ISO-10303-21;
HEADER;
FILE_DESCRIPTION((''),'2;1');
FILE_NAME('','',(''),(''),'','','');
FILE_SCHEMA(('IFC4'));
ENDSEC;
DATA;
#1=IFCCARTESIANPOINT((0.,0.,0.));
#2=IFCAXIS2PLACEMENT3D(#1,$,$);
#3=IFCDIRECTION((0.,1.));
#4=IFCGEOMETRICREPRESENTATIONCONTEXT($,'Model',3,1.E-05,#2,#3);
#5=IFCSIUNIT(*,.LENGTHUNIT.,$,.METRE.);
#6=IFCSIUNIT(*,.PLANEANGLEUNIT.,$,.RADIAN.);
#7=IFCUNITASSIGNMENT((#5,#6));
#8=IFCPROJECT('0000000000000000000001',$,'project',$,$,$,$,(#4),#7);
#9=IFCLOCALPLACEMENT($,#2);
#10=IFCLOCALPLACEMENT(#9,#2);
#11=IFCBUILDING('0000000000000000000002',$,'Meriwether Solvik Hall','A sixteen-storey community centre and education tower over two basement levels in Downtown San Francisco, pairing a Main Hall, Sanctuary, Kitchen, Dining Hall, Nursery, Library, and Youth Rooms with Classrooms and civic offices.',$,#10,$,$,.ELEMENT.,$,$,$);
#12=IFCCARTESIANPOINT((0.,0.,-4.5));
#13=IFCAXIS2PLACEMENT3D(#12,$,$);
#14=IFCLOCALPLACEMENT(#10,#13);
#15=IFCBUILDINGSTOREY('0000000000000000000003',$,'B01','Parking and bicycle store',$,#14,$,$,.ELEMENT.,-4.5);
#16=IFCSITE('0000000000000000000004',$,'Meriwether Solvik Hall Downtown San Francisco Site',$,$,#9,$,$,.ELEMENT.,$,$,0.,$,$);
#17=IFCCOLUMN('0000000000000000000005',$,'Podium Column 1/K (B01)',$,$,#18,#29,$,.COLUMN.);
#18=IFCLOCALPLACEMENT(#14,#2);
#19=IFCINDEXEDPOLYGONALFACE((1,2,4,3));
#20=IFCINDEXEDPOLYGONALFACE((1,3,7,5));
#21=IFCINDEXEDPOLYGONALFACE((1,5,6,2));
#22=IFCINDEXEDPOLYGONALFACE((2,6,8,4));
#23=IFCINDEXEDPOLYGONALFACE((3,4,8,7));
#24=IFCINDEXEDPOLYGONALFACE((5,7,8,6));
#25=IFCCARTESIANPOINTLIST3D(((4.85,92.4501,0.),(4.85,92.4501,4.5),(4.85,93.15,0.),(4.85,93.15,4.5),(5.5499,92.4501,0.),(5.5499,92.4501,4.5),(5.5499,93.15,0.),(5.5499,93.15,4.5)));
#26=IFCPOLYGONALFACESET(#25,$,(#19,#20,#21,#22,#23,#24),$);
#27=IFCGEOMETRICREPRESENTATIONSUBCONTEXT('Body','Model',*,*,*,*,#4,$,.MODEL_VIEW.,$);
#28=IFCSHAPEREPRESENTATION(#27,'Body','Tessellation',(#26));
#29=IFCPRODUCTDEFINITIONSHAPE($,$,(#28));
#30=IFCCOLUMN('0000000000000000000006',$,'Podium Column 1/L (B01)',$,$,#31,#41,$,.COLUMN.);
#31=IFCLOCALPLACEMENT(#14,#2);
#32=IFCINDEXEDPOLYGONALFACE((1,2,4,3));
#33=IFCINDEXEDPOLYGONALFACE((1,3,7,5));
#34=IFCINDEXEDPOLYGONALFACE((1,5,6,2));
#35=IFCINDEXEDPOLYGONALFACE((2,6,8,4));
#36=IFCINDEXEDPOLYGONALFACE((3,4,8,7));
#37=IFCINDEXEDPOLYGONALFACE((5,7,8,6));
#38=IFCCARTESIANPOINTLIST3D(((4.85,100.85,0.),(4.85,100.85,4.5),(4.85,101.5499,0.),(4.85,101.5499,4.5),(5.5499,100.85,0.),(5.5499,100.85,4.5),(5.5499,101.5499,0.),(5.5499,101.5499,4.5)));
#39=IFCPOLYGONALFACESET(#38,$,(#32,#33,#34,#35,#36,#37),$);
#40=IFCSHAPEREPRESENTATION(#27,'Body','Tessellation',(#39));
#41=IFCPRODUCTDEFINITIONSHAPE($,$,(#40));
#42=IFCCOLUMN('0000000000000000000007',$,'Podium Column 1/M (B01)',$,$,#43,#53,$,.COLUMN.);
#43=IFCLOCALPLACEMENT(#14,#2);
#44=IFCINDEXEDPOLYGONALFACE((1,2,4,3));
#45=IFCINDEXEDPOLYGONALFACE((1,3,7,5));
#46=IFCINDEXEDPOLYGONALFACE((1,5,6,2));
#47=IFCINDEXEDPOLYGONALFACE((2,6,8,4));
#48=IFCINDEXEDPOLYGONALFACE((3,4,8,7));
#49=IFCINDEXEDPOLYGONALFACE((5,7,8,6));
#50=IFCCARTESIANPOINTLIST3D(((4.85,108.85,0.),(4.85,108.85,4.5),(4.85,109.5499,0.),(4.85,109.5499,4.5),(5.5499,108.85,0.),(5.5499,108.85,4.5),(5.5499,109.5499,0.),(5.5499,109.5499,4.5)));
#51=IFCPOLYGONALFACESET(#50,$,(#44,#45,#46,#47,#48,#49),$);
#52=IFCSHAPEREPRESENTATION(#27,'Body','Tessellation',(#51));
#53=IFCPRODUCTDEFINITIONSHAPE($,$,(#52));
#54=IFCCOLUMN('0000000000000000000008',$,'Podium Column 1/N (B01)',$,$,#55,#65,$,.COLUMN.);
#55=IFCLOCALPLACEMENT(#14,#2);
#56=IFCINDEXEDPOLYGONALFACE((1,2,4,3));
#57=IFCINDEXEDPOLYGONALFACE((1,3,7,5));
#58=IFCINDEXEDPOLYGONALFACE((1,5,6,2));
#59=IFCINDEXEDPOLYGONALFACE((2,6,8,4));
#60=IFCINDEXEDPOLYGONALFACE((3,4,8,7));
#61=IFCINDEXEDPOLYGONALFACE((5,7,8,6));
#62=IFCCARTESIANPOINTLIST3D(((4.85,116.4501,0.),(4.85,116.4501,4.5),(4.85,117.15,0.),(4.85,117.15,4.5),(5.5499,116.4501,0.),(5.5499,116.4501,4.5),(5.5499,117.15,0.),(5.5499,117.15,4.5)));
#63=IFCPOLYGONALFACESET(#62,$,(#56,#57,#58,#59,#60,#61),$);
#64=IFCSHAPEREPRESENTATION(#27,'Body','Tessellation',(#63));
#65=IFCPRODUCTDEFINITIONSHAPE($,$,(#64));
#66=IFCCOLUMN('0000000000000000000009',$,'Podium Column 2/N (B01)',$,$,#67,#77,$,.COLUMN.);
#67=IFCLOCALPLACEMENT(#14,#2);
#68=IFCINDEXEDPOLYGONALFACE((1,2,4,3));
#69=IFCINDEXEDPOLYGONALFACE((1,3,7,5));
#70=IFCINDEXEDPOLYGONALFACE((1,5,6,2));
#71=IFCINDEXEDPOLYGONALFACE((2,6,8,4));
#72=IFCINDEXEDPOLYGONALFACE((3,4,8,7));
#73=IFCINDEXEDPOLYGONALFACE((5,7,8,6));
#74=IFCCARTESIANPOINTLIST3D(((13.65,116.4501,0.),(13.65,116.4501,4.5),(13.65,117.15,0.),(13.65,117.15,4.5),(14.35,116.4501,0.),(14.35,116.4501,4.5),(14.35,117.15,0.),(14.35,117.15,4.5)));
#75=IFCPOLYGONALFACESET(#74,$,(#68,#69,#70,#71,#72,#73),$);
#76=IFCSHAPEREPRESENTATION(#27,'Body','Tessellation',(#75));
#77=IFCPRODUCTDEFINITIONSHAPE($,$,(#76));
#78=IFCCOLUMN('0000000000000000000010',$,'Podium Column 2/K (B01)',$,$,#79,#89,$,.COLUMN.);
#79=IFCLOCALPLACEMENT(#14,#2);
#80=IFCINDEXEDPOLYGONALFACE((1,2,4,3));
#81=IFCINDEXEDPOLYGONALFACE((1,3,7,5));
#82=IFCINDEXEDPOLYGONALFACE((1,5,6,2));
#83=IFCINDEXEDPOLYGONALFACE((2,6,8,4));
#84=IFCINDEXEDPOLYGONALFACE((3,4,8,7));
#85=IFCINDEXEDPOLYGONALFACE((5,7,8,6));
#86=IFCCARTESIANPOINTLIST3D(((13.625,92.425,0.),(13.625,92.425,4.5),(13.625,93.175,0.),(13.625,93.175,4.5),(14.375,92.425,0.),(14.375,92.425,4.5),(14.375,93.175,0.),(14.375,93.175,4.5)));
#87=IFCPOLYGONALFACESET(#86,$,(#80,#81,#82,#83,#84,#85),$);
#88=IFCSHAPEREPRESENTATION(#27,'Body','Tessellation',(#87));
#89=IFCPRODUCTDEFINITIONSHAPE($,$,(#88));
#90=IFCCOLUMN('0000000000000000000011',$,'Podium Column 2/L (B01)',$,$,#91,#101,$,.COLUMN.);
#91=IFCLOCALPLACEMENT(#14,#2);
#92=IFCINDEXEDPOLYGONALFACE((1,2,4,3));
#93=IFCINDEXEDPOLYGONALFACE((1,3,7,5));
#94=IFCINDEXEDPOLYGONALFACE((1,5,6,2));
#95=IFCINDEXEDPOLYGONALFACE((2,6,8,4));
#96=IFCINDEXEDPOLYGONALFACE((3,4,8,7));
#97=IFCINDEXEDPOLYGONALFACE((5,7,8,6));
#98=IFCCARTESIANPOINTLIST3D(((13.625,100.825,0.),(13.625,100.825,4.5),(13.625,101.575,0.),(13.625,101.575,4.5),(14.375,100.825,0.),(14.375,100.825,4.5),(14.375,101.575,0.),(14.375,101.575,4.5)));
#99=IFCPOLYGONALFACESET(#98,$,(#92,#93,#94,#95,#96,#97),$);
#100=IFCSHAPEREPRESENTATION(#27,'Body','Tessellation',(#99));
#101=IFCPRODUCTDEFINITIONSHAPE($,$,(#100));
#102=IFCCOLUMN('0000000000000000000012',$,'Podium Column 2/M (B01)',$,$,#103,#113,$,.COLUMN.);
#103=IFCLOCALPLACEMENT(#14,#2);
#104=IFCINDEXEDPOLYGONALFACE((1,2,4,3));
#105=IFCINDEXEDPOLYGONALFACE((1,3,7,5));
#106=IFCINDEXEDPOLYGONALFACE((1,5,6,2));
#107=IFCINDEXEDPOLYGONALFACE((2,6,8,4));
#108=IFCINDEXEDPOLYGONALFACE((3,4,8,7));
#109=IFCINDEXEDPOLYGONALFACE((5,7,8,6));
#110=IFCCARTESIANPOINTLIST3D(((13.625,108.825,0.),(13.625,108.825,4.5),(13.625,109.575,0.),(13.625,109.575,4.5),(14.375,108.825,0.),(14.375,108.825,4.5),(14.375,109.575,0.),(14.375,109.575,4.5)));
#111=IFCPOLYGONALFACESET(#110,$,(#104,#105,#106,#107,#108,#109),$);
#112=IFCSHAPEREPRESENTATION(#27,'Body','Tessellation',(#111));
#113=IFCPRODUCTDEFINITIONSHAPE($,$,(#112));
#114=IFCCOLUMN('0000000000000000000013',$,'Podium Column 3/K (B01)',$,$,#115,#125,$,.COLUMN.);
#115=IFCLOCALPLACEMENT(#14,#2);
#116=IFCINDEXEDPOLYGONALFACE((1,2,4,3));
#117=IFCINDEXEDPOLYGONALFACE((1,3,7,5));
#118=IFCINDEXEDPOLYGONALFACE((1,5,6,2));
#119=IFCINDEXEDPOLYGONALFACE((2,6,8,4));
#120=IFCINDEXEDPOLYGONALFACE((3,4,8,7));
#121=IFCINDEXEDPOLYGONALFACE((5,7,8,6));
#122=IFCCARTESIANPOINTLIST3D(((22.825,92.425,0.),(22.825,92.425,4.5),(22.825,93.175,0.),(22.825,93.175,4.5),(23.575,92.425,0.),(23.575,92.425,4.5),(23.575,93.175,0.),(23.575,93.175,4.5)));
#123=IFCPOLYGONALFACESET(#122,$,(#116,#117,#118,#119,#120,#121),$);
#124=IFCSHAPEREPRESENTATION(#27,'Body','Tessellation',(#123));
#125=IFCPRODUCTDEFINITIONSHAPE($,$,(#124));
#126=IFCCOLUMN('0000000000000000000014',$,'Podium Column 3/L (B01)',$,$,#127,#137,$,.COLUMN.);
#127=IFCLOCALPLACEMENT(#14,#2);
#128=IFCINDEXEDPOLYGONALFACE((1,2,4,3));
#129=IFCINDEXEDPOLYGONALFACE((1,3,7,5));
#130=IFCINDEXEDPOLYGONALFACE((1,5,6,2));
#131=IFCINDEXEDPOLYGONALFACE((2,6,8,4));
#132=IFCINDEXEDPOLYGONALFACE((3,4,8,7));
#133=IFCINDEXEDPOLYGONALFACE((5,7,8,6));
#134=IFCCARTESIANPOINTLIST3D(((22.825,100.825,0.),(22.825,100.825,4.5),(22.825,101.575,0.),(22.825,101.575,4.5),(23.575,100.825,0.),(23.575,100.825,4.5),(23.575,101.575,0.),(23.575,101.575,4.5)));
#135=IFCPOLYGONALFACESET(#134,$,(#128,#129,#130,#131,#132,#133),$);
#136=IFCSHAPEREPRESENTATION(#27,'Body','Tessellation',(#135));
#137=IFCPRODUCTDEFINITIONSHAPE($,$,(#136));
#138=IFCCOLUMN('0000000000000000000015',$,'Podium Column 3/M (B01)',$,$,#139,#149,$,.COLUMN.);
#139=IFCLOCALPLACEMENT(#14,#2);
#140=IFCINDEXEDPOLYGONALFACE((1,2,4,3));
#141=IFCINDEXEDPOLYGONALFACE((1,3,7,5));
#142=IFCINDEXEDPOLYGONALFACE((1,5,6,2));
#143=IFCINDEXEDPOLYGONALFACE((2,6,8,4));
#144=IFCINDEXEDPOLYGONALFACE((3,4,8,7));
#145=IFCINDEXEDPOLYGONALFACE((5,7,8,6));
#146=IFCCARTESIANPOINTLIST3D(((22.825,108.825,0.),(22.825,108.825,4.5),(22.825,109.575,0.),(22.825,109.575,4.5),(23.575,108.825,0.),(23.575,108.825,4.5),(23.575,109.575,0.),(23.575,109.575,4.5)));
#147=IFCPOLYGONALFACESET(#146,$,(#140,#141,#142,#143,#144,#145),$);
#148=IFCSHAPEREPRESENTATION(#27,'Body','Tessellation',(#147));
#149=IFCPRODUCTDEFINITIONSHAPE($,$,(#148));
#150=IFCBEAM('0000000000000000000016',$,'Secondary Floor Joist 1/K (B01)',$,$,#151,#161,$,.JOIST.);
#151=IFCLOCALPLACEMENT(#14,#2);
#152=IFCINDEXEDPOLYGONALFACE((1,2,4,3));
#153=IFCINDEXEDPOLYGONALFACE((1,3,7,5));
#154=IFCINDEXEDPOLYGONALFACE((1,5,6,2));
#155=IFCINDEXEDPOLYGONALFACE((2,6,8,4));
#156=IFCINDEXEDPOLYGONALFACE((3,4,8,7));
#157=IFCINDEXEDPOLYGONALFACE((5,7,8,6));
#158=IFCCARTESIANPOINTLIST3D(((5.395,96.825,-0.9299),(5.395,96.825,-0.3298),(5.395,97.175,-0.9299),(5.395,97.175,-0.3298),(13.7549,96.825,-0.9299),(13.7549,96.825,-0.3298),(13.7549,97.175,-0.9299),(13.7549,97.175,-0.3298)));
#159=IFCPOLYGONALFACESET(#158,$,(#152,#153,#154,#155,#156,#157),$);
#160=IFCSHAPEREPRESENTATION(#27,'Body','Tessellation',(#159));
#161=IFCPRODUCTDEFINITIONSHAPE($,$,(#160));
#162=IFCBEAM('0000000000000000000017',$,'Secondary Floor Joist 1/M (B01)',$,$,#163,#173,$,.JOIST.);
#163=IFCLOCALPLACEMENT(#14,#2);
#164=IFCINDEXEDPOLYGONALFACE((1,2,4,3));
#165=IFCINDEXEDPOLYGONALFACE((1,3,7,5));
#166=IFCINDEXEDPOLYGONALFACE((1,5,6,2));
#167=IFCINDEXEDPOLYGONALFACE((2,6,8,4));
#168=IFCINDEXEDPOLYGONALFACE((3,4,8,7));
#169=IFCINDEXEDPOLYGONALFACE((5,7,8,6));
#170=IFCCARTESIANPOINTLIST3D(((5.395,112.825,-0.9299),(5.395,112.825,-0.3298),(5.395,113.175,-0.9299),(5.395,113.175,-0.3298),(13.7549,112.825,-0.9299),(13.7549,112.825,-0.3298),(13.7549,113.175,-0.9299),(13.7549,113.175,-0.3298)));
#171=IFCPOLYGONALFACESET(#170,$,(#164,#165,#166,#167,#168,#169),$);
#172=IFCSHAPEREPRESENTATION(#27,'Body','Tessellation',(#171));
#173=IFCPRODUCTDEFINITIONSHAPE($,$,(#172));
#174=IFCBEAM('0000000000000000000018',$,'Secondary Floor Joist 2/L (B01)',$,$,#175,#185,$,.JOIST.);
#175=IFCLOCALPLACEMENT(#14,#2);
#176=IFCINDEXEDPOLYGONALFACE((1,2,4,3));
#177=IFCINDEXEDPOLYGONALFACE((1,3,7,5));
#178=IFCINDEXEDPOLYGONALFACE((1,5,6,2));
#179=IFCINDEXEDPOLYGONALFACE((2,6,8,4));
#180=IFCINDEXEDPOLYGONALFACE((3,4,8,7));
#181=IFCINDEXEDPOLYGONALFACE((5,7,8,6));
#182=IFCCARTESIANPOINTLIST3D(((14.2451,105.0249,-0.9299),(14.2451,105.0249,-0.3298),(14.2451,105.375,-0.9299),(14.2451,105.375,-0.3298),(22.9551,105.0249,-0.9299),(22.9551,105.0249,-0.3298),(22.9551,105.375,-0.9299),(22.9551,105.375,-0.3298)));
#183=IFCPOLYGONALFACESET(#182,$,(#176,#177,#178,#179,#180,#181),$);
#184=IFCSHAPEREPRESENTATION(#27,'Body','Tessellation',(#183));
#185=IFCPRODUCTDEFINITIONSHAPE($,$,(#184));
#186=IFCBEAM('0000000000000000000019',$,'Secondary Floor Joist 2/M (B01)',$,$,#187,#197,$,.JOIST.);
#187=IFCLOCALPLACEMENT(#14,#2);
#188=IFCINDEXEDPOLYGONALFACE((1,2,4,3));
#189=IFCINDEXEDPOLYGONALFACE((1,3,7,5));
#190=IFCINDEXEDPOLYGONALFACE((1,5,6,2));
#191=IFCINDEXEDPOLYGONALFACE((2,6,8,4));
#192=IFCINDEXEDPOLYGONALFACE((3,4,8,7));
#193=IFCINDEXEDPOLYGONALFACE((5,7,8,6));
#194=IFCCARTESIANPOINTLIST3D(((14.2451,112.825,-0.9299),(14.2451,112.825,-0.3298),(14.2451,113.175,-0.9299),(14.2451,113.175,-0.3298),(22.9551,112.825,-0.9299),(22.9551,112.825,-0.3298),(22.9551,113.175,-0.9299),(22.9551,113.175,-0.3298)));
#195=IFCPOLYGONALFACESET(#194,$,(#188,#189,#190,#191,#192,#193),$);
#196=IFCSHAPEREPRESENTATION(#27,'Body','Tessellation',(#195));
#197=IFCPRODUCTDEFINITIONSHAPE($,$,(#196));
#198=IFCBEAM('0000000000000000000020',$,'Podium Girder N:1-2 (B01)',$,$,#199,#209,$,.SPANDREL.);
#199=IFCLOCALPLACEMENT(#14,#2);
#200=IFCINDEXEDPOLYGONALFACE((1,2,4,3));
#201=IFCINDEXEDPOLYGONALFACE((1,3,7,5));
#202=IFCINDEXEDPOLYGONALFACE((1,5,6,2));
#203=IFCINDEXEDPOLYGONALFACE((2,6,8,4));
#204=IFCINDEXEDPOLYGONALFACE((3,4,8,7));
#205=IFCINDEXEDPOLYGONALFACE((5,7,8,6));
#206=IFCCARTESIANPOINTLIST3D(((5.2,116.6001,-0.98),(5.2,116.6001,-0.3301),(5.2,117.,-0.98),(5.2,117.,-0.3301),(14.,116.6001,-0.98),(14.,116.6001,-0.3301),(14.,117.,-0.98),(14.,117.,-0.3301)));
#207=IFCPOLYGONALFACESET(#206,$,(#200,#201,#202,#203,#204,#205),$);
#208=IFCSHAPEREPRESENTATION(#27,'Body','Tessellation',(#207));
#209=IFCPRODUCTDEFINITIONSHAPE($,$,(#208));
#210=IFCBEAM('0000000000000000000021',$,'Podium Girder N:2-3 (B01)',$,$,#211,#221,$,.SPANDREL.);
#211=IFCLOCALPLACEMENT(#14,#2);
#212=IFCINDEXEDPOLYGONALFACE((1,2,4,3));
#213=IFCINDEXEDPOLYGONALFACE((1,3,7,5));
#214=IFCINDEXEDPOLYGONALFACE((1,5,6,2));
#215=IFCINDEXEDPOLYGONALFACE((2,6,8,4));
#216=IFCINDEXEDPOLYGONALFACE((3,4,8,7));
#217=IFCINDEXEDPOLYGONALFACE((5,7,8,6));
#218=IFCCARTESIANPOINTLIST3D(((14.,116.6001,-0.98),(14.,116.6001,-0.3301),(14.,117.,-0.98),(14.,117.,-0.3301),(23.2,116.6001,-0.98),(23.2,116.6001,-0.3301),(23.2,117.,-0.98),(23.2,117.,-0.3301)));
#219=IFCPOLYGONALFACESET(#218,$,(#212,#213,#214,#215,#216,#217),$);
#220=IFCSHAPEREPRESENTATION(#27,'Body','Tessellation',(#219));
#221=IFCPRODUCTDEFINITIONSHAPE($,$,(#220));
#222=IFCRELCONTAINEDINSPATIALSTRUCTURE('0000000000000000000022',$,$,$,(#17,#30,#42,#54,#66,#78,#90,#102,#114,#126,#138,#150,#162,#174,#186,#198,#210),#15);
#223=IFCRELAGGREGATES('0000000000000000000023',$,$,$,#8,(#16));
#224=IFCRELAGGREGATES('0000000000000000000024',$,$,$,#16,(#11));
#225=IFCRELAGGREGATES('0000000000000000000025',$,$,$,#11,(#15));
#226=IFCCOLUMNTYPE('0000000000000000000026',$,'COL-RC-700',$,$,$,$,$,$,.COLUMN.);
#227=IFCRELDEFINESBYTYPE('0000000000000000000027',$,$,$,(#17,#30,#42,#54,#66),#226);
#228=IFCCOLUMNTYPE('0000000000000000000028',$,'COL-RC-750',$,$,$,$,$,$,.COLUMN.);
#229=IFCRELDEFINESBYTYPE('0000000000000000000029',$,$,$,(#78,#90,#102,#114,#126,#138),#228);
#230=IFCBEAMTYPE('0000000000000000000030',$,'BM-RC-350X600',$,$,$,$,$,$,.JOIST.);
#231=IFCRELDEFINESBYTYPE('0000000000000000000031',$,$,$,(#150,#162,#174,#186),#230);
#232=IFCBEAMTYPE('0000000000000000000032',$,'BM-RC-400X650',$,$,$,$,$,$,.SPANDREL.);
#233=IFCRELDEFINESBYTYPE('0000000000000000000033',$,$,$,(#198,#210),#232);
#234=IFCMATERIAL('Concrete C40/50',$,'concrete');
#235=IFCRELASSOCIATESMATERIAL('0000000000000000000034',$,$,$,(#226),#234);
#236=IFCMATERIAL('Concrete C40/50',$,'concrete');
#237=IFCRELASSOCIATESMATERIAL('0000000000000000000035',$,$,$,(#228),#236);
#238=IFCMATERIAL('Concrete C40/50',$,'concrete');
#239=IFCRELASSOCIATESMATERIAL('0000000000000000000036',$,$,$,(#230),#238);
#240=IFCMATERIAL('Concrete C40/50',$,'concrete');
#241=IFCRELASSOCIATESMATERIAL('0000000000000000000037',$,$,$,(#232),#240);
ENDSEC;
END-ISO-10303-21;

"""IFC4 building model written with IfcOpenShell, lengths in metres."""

from ifc_helpers import new_model, si_unit, direction, frame, origin, origin_2d, place, context, subcontext, project, spatial, rectangle, extrude, material, material_profile, profile_set, type_object, element, save


model = new_model("IFC4")

# Units and contexts
model_context = context("Model", 3, precision=1e-05, world=origin(), true_north=direction((0.0, 1.0)))
body_context = subcontext(model_context, "Body", "Model", "MODEL_VIEW")
ifc_project = project(units=[si_unit("LENGTHUNIT", "METRE"), si_unit("PLANEANGLEUNIT", "RADIAN")], contexts=[model_context])

# Site, building, storey
site_placement = place(None, origin())
site = spatial("IfcSite", under=ifc_project, at=site_placement, Name="Meriwether Solvik Hall Downtown San Francisco Site", CompositionType="ELEMENT", RefElevation=0.0)
building_placement = place(site_placement, origin())
building = spatial("IfcBuilding", under=site, at=building_placement, Name="Meriwether Solvik Hall", Description="A sixteen-storey community centre and education tower over two basement levels in Downtown San Francisco, pairing a Main Hall, Sanctuary, Kitchen, Dining Hall, Nursery, Library, and Youth Rooms with Classrooms and civic offices.", CompositionType="ELEMENT")
storey_placement = place(building_placement, frame((0.0, 0.0, -4.5)))
storey = spatial("IfcBuildingStorey", under=building, at=storey_placement, Name="B01", Description="Parking and bicycle store", CompositionType="ELEMENT", Elevation=-4.5)

# Columns
ifc_material_1 = material(Name="Concrete C40/50", Category="concrete")
ifc_material_profile_1 = material_profile(ifc_material_1, rectangle(XDim=0.7, YDim=0.7, at=origin_2d()), Name="RCC-700X700")
ifc_profile_set_1 = profile_set([ifc_material_profile_1], Name="Concrete C40/50")
column_type_1 = type_object("IfcColumnType", Name="COL-RC-700", PredefinedType="COLUMN", material=ifc_profile_set_1)
for number, where, z_axis, x_axis, name in (
    (1, (5.2, 92.8, 0.0), (0.0, 0.0, 1.0), (1.0, 0.0, 0.0), "Podium Column 1/K (B01)"),
    (2, (5.2, 101.2, 0.0), (0.0, 0.0, 1.0), (1.0, 0.0, 0.0), "Podium Column 1/L (B01)"),
    (3, (5.2, 109.2, 0.0), (0.0, 0.0, 1.0), (1.0, 0.0, 0.0), "Podium Column 1/M (B01)"),
    (4, (5.2, 116.8, 0.0), (0.0, 0.0, 1.0), (1.0, 0.0, 0.0), "Podium Column 1/N (B01)"),
    (5, (14.0, 116.8, 0.0), (0.0, 0.0, 1.0), (1.0, 0.0, 0.0), "Podium Column 2/N (B01)"),
):
    element("IfcColumn", number, at=place(storey_placement, frame(where, z_axis=z_axis, x_axis=x_axis)), inside=storey, type_object=column_type_1, Name=name, PredefinedType="COLUMN", context=body_context, shape_type="SweptSolid", body=[
        extrude(rectangle(XDim=0.7, YDim=0.7, at=origin_2d()), origin(), (0.0, 0.0, 1.0), 4.5),
    ])
ifc_material_2 = material(Name="Concrete C40/50", Category="concrete")
ifc_material_profile_2 = material_profile(ifc_material_2, rectangle(XDim=0.75, YDim=0.75, at=origin_2d()), Name="RCC-750X750")
ifc_profile_set_2 = profile_set([ifc_material_profile_2], Name="Concrete C40/50")
column_type_2 = type_object("IfcColumnType", Name="COL-RC-750", PredefinedType="COLUMN", material=ifc_profile_set_2)
for number, where, z_axis, x_axis, name in (
    (6, (14.0, 92.8, 0.0), (0.0, 0.0, 1.0), (1.0, 0.0, 0.0), "Podium Column 2/K (B01)"),
    (7, (14.0, 101.2, 0.0), (0.0, 0.0, 1.0), (1.0, 0.0, 0.0), "Podium Column 2/L (B01)"),
    (8, (14.0, 109.2, 0.0), (0.0, 0.0, 1.0), (1.0, 0.0, 0.0), "Podium Column 2/M (B01)"),
    (9, (23.2, 92.8, 0.0), (0.0, 0.0, 1.0), (1.0, 0.0, 0.0), "Podium Column 3/K (B01)"),
    (10, (23.2, 101.2, 0.0), (0.0, 0.0, 1.0), (1.0, 0.0, 0.0), "Podium Column 3/L (B01)"),
    (11, (23.2, 109.2, 0.0), (0.0, 0.0, 1.0), (1.0, 0.0, 0.0), "Podium Column 3/M (B01)"),
):
    element("IfcColumn", number, at=place(storey_placement, frame(where, z_axis=z_axis, x_axis=x_axis)), inside=storey, type_object=column_type_2, Name=name, PredefinedType="COLUMN", context=body_context, shape_type="SweptSolid", body=[
        extrude(rectangle(XDim=0.75, YDim=0.75, at=origin_2d()), origin(), (0.0, 0.0, 1.0), 4.5),
    ])

# Beams
ifc_material_3 = material(Name="Concrete C40/50", Category="concrete")
ifc_material_profile_3 = material_profile(ifc_material_3, rectangle(XDim=0.3501, YDim=0.6001, at=origin_2d()), Name="RCB-350X600")
ifc_profile_set_3 = profile_set([ifc_material_profile_3], Name="Concrete C40/50")
beam_type_1 = type_object("IfcBeamType", Name="BM-RC-350X600", PredefinedType="JOIST", material=ifc_profile_set_3)
for number, where, z_axis, x_axis, name in (
    (12, (5.395, 97.0, -0.6299), (1.0, 0.0, 0.0), (0.0, 1.0, 0.0), "Secondary Floor Joist 1/K (B01)"),
    (13, (5.395, 113.0, -0.6299), (1.0, 0.0, 0.0), (0.0, 1.0, 0.0), "Secondary Floor Joist 1/M (B01)"),
):
    element("IfcBeam", number, at=place(storey_placement, frame(where, z_axis=z_axis, x_axis=x_axis)), inside=storey, type_object=beam_type_1, Name=name, PredefinedType="JOIST", context=body_context, shape_type="SweptSolid", body=[
        extrude(rectangle(XDim=0.3501, YDim=0.6001, at=origin_2d()), origin(), (0.0, 0.0, 1.0), 8.3599),
    ])
for number, where, z_axis, x_axis, name in (
    (14, (14.2451, 105.2, -0.6299), (1.0, 0.0, 0.0), (0.0, 1.0, 0.0), "Secondary Floor Joist 2/L (B01)"),
    (15, (14.2451, 113.0, -0.6299), (1.0, 0.0, 0.0), (0.0, 1.0, 0.0), "Secondary Floor Joist 2/M (B01)"),
):
    element("IfcBeam", number, at=place(storey_placement, frame(where, z_axis=z_axis, x_axis=x_axis)), inside=storey, type_object=beam_type_1, Name=name, PredefinedType="JOIST", context=body_context, shape_type="SweptSolid", body=[
        extrude(rectangle(XDim=0.3501, YDim=0.6001, at=origin_2d()), origin(), (0.0, 0.0, 1.0), 8.71),
    ])
ifc_material_4 = material(Name="Concrete C40/50", Category="concrete")
ifc_material_profile_4 = material_profile(ifc_material_4, rectangle(XDim=0.3999, YDim=0.6499, at=origin_2d()), Name="RCB-400X650")
ifc_profile_set_4 = profile_set([ifc_material_profile_4], Name="Concrete C40/50")
beam_type_2 = type_object("IfcBeamType", Name="BM-RC-400X650", PredefinedType="SPANDREL", material=ifc_profile_set_4)
beam_1_placement = place(storey_placement, frame((5.2, 116.8, -0.655), z_axis=(1.0, 0.0, 0.0), x_axis=(0.0, 1.0, 0.0)))
element("IfcBeam", 16, at=beam_1_placement, inside=storey, type_object=beam_type_2, Name="Podium Girder N:1-2 (B01)", PredefinedType="SPANDREL", context=body_context, shape_type="SweptSolid", body=[
    extrude(rectangle(XDim=0.3999, YDim=0.6499, at=origin_2d()), origin(), (0.0, 0.0, 1.0), 8.8),
])
beam_2_placement = place(storey_placement, frame((14.0, 116.8, -0.655), z_axis=(1.0, 0.0, 0.0), x_axis=(0.0, 1.0, 0.0)))
element("IfcBeam", 17, at=beam_2_placement, inside=storey, type_object=beam_type_2, Name="Podium Girder N:2-3 (B01)", PredefinedType="SPANDREL", context=body_context, shape_type="SweptSolid", body=[
    extrude(rectangle(XDim=0.3999, YDim=0.6499, at=origin_2d()), origin(), (0.0, 0.0, 1.0), 9.2),
])

save(model, "model.ifc")
